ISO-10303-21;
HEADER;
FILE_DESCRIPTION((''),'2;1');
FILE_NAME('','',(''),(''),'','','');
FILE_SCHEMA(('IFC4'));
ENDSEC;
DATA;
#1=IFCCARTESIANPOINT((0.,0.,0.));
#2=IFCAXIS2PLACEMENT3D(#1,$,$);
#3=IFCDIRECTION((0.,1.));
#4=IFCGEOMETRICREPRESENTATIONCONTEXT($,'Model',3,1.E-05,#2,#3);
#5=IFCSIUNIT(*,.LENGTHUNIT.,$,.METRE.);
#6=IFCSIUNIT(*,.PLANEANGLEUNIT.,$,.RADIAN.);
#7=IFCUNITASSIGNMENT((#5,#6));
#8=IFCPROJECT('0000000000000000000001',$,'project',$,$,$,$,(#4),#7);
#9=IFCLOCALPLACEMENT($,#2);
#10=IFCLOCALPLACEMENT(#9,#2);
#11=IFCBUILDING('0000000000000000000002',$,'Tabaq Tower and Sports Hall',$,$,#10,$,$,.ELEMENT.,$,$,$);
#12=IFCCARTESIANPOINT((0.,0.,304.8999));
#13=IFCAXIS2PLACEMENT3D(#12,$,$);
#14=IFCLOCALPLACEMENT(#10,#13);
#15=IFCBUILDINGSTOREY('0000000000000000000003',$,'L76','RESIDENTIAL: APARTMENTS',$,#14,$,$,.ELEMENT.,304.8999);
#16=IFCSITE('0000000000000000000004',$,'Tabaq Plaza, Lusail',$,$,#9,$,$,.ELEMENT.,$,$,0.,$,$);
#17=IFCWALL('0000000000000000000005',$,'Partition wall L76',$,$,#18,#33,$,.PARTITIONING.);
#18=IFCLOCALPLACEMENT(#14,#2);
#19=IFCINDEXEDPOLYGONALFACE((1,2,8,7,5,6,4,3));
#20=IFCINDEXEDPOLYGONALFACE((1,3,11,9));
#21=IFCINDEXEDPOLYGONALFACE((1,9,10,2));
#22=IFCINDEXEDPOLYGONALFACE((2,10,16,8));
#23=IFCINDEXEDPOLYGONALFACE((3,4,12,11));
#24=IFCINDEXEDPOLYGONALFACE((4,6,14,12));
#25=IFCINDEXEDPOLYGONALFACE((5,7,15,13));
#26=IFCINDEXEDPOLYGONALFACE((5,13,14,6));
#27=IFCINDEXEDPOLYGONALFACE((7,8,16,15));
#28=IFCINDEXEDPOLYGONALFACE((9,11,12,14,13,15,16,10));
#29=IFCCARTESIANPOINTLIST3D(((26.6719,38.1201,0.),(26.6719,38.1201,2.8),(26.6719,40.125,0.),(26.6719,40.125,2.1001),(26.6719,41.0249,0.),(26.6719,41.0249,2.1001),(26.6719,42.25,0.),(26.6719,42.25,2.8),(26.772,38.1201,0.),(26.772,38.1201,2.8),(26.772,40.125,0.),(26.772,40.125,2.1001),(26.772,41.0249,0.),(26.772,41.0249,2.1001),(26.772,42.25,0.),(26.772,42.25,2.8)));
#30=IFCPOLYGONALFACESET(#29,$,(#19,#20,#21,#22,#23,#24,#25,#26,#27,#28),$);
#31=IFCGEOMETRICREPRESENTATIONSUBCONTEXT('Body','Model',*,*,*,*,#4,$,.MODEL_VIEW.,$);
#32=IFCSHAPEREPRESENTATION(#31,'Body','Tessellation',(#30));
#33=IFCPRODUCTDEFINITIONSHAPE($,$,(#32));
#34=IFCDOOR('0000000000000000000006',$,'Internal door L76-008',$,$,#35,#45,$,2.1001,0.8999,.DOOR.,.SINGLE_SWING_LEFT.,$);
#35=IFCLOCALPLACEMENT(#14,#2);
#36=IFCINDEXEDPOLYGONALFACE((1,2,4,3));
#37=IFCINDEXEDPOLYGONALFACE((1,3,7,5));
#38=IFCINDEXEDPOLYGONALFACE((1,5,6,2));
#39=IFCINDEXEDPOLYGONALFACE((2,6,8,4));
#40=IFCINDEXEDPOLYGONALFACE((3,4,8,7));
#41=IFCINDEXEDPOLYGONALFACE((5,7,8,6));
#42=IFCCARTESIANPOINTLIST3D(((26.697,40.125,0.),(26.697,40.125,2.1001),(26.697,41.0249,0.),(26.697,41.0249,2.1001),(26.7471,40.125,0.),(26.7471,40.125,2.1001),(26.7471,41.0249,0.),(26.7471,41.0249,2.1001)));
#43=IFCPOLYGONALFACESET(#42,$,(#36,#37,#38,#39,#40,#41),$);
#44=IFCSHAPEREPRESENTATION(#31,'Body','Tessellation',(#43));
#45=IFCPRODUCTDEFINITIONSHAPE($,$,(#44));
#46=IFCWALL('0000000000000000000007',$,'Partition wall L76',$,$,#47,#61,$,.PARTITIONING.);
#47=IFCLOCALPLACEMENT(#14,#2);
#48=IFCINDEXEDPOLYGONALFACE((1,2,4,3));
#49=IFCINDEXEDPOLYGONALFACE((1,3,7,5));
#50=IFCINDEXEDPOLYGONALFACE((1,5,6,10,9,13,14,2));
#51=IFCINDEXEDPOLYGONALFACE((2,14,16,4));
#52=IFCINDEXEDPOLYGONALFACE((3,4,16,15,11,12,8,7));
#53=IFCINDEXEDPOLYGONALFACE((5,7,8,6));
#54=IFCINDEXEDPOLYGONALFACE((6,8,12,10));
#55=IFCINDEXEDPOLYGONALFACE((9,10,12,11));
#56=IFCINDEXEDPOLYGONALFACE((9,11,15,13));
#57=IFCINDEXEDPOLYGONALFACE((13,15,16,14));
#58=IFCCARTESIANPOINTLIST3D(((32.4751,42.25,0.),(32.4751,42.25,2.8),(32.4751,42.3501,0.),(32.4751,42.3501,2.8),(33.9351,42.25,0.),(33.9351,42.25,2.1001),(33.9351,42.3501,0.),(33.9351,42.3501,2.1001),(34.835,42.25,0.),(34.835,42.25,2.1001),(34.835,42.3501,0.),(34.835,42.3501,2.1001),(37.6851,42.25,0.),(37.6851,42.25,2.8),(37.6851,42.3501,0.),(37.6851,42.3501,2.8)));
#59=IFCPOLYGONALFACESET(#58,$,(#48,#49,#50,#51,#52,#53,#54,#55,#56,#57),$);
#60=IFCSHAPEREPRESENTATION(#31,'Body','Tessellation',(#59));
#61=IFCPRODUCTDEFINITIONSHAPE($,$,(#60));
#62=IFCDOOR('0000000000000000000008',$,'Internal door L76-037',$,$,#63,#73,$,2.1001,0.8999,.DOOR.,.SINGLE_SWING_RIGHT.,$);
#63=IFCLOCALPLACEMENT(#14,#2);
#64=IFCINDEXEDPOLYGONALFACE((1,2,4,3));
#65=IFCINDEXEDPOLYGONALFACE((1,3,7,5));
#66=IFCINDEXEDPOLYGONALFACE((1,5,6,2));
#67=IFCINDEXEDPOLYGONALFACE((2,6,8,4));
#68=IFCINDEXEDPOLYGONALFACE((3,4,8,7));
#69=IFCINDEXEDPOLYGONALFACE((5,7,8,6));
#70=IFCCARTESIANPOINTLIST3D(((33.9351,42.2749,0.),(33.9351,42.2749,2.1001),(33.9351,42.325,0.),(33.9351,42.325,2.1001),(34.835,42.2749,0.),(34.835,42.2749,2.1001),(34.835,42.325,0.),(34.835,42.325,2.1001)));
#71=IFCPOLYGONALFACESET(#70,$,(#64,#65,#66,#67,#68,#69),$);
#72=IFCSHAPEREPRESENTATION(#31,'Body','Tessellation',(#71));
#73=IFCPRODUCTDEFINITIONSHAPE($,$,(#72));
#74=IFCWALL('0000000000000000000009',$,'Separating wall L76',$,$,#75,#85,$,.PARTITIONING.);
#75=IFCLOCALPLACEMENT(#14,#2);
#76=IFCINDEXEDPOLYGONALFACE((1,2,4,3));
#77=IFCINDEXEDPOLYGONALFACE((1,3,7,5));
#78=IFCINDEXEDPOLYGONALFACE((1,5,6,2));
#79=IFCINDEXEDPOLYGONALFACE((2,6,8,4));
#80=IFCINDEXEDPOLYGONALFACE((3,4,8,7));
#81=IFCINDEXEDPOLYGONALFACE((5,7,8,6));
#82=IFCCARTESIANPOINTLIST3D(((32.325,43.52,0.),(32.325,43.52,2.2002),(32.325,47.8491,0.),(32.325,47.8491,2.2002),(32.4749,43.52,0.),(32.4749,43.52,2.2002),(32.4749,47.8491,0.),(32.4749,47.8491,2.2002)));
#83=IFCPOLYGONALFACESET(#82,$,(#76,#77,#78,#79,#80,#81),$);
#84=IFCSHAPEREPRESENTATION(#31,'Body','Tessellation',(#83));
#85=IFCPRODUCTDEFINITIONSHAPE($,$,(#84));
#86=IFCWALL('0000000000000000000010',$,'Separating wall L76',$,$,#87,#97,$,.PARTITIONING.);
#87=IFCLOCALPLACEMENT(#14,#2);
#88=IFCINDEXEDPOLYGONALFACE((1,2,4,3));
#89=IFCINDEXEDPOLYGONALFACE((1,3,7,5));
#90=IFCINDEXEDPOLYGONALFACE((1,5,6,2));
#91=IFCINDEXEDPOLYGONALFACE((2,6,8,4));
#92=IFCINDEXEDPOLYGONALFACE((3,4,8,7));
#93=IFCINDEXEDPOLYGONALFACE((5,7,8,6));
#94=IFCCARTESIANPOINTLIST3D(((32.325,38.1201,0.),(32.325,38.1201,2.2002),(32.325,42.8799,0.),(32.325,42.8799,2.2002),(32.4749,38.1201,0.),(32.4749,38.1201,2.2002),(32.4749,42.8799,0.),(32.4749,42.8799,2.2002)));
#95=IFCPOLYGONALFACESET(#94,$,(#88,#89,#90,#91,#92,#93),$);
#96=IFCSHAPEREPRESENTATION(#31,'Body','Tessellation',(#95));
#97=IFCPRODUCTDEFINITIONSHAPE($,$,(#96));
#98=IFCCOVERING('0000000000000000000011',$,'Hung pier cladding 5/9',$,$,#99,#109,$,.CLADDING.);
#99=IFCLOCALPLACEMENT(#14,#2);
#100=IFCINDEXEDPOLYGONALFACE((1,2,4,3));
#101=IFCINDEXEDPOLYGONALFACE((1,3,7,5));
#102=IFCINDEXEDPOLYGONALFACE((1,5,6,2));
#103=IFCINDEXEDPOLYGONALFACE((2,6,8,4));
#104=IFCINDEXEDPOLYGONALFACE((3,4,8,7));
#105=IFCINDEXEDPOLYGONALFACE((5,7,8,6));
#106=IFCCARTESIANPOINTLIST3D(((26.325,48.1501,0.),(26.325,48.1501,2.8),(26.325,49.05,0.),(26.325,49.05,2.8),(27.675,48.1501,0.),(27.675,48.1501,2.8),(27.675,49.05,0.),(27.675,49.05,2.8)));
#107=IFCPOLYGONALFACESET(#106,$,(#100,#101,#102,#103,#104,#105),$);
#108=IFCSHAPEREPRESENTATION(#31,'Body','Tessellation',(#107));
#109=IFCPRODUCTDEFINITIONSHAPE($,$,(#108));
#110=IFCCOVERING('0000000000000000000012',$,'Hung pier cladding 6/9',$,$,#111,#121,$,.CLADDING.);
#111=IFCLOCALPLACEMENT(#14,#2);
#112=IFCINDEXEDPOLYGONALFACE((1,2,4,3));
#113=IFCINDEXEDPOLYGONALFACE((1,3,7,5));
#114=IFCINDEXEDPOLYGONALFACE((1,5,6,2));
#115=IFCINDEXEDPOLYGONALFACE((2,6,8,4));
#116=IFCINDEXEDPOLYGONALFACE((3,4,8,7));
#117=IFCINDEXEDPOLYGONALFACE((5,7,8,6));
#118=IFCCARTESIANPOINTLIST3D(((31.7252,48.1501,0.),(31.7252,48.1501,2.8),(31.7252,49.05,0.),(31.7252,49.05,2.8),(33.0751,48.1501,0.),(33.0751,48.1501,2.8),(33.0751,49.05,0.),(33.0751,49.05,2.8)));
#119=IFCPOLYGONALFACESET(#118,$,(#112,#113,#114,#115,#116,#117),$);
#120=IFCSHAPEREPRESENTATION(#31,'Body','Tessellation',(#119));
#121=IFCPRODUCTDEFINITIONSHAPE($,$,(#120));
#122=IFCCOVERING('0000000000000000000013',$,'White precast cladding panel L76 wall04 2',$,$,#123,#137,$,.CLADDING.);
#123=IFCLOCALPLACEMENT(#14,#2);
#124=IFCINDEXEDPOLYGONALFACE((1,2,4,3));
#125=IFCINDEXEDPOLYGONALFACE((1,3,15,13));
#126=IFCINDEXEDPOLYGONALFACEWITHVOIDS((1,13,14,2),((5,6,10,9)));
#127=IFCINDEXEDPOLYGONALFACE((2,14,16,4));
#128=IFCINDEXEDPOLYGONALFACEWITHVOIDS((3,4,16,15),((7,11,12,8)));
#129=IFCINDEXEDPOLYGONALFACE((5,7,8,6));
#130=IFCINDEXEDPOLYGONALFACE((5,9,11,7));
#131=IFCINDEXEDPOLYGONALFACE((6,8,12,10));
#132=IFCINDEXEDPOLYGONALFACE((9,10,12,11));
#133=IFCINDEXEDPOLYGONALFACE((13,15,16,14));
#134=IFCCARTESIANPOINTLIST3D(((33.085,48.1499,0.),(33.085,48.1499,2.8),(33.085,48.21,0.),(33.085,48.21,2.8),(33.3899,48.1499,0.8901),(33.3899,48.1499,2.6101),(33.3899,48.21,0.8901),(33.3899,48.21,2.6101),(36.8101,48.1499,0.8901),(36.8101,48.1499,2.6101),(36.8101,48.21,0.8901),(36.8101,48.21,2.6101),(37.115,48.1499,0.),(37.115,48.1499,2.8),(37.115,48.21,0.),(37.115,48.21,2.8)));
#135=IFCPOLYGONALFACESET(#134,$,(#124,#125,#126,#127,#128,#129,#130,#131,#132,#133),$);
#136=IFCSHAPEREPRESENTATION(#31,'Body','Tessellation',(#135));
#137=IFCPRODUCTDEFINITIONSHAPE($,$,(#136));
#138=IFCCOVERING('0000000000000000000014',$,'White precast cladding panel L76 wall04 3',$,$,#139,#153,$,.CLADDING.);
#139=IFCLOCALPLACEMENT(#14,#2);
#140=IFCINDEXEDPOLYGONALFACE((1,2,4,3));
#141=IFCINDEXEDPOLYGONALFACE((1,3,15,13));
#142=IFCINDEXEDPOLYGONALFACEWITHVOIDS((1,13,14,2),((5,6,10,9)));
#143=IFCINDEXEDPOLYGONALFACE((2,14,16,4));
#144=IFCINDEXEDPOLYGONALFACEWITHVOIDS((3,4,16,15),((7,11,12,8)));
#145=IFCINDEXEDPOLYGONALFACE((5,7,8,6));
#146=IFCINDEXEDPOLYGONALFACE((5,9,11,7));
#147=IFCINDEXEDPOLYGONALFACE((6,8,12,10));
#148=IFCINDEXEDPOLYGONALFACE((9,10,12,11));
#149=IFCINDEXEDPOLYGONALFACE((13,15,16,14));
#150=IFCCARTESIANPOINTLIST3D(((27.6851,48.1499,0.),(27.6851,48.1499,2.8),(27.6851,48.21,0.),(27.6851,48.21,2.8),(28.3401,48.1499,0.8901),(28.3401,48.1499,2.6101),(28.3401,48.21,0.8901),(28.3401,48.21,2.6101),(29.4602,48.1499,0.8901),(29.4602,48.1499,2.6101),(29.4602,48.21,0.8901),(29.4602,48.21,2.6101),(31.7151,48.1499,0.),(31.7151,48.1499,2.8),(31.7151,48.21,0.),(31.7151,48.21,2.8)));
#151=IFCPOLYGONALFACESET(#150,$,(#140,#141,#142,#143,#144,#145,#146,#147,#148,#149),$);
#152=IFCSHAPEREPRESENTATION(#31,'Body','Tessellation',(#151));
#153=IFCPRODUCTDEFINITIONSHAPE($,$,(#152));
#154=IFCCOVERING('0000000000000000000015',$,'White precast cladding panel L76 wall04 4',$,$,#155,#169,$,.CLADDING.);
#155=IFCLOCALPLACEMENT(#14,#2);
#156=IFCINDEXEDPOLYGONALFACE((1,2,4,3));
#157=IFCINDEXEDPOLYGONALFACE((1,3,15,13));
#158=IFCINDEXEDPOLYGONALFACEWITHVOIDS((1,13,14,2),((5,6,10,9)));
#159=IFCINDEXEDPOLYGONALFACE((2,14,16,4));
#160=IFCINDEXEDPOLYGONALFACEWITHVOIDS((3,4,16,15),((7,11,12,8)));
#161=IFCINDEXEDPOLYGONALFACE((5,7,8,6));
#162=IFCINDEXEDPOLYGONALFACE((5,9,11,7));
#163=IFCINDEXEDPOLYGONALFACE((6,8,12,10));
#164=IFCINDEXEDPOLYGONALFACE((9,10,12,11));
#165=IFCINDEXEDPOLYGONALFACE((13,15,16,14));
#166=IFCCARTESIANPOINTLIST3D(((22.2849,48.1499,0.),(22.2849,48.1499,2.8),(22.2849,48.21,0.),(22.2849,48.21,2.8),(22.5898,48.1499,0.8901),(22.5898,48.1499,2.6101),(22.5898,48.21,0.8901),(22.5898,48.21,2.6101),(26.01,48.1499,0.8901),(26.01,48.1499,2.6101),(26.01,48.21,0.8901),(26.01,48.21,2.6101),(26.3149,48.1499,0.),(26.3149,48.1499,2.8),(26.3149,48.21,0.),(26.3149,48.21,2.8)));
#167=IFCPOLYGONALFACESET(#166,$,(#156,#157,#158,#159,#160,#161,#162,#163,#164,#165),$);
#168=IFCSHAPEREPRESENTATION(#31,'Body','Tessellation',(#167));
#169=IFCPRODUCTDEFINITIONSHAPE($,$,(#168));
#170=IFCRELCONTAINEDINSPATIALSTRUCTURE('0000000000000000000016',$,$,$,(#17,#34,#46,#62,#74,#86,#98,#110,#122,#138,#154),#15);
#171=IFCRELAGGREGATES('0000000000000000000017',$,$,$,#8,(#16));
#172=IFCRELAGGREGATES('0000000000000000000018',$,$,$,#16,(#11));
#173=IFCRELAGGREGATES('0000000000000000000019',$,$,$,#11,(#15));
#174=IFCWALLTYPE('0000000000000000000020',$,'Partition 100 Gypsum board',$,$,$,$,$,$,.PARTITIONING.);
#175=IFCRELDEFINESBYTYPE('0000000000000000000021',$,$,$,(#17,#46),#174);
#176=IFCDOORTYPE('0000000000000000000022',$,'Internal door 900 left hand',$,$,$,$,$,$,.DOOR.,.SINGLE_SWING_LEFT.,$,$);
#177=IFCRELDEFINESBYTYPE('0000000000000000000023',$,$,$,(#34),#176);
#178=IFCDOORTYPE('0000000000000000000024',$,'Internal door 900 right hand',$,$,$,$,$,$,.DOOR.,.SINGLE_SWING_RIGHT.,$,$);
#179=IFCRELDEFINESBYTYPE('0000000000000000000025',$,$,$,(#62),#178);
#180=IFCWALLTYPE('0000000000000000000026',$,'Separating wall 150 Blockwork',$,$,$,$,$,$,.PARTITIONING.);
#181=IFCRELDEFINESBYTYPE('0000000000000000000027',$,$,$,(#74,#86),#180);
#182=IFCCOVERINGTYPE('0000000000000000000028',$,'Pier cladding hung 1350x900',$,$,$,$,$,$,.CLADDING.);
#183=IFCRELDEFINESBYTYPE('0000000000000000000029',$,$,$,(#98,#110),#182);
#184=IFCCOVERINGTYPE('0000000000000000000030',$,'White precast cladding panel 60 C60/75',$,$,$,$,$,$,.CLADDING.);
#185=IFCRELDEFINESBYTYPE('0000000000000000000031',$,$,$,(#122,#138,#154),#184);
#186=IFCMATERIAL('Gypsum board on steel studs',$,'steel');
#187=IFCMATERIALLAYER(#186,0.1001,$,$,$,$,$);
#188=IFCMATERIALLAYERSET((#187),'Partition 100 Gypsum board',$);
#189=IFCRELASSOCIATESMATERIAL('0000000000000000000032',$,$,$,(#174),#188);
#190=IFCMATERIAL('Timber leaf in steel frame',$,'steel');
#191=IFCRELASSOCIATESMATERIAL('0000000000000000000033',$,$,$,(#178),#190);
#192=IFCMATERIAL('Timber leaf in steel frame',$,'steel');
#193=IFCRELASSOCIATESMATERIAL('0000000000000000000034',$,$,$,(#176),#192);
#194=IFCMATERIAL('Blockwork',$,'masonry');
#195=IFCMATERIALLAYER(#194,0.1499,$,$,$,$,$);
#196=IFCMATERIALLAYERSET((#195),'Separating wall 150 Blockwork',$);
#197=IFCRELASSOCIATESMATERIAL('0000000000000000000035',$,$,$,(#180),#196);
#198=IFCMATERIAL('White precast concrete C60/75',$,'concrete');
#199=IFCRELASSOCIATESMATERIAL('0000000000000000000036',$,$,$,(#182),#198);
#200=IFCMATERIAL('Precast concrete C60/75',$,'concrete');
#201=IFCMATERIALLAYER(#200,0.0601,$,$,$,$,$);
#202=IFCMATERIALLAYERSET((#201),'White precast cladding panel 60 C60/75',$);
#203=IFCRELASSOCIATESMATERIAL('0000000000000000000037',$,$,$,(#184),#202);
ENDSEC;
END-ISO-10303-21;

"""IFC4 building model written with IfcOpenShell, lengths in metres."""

from ifc_helpers import new_model, si_unit, direction, frame, frame_2d, origin, place, context, subcontext, project, spatial, polyline, rectangle, outline, extrude, material, layer, layer_set, type_object, element, fill, save


model = new_model("IFC4")

# Units and contexts
model_context = context("Model", 3, precision=1e-05, world=origin(), true_north=direction((0.0, 1.0)))
body_context = subcontext(model_context, "Body", "Model", "MODEL_VIEW")
ifc_project = project(units=[si_unit("LENGTHUNIT", "METRE"), si_unit("PLANEANGLEUNIT", "RADIAN")], contexts=[model_context])

# Site, building, storey
site_placement = place(None, origin())
site = spatial("IfcSite", under=ifc_project, at=site_placement, Name="Tabaq Plaza, Lusail", CompositionType="ELEMENT", RefElevation=0.0)
building_placement = place(site_placement, origin())
building = spatial("IfcBuilding", under=site, at=building_placement, Name="Tabaq Tower and Sports Hall", CompositionType="ELEMENT")
storey_placement = place(building_placement, frame((0.0, 0.0, 304.8999)))
storey = spatial("IfcBuildingStorey", under=building, at=storey_placement, Name="L76", Description="RESIDENTIAL: APARTMENTS", CompositionType="ELEMENT", Elevation=304.8999)

# Shared definitions
ifc_material_1 = material(Name="Gypsum board on steel studs", Category="steel")
ifc_layer_1 = layer(ifc_material_1, 0.1001)
ifc_layer_set_1 = layer_set([ifc_layer_1], Name="Partition 100 Gypsum board")
wall_type_1 = type_object("IfcWallType", Name="Partition 100 Gypsum board", PredefinedType="PARTITIONING", material=ifc_layer_set_1)

# Walls, openings, doors
ifc_material_2 = material(Name="Timber leaf in steel frame", Category="steel")
door_type_1 = type_object("IfcDoorType", Name="Internal door 900 right hand", OperationType="SINGLE_SWING_RIGHT", PredefinedType="DOOR", material=ifc_material_2)
ifc_material_3 = material(Name="Timber leaf in steel frame", Category="steel")
door_type_2 = type_object("IfcDoorType", Name="Internal door 900 left hand", OperationType="SINGLE_SWING_LEFT", PredefinedType="DOOR", material=ifc_material_3)
wall_1_placement = place(storey_placement, frame((26.7219, 38.1201, 0.0), z_axis=(0.0, 0.0, 1.0), x_axis=(0.0, 1.0, 0.0)))
wall_1 = element("IfcWall", 1, at=wall_1_placement, inside=storey, type_object=wall_type_1, Name="Partition wall L76", PredefinedType="PARTITIONING", context=body_context, shape_type="SweptSolid", body=[
    extrude(rectangle(XDim=4.1299, YDim=0.1001, at=frame_2d((2.0649, 0.0))), origin(), (0.0, 0.0, 1.0), 2.8),
])
opening_1_placement = place(wall_1_placement, frame((2.0049, 0.0, 0.0)))
opening_1 = element("IfcOpeningElement", 2, at=opening_1_placement, cuts=wall_1, PredefinedType="OPENING", context=body_context, shape_type="SweptSolid", body=[
    extrude(rectangle(XDim=0.8999, YDim=2.1001, at=frame_2d((0.45, 1.05))), frame((0.0, 0.05, 0.0), z_axis=(0.0, -1.0, 0.0), x_axis=(1.0, 0.0, 0.0)), (0.0, 0.0, 1.0), 0.1001),
])
door_1_placement = place(opening_1_placement, origin())
door_1 = element("IfcDoor", 3, at=door_1_placement, inside=storey, type_object=door_type_2, Name="Internal door L76-008", OperationType="SINGLE_SWING_LEFT", OverallHeight=2.1001, OverallWidth=0.8999, PredefinedType="DOOR", context=body_context, shape_type="SweptSolid", body=[
    extrude(rectangle(XDim=0.8999, YDim=2.1001, at=frame_2d((0.45, 1.05))), frame((0.0, 0.0249, 0.0), z_axis=(0.0, -1.0, 0.0), x_axis=(1.0, 0.0, 0.0)), (0.0, 0.0, 1.0), 0.05),
])
fill(opening_1, door_1)
wall_2_placement = place(storey_placement, frame((32.4751, 42.3, 0.0), z_axis=(0.0, 0.0, 1.0), x_axis=(1.0, 0.0, 0.0)))
wall_2 = element("IfcWall", 4, at=wall_2_placement, inside=storey, type_object=wall_type_1, Name="Partition wall L76", PredefinedType="PARTITIONING", context=body_context, shape_type="SweptSolid", body=[
    extrude(rectangle(XDim=5.21, YDim=0.1001, at=frame_2d((2.605, 0.0))), origin(), (0.0, 0.0, 1.0), 2.8),
])
opening_2_placement = place(wall_2_placement, frame((1.46, 0.0, 0.0)))
opening_2 = element("IfcOpeningElement", 5, at=opening_2_placement, cuts=wall_2, PredefinedType="OPENING", context=body_context, shape_type="SweptSolid", body=[
    extrude(rectangle(XDim=0.8999, YDim=2.1001, at=frame_2d((0.45, 1.05))), frame((0.0, 0.05, 0.0), z_axis=(0.0, -1.0, 0.0), x_axis=(1.0, 0.0, 0.0)), (0.0, 0.0, 1.0), 0.1001),
])
door_2_placement = place(opening_2_placement, origin())
door_2 = element("IfcDoor", 6, at=door_2_placement, inside=storey, type_object=door_type_1, Name="Internal door L76-037", OperationType="SINGLE_SWING_RIGHT", OverallHeight=2.1001, OverallWidth=0.8999, PredefinedType="DOOR", context=body_context, shape_type="SweptSolid", body=[
    extrude(rectangle(XDim=0.8999, YDim=2.1001, at=frame_2d((0.45, 1.05))), frame((0.0, 0.0249, 0.0), z_axis=(0.0, -1.0, 0.0), x_axis=(1.0, 0.0, 0.0)), (0.0, 0.0, 1.0), 0.05),
])
fill(opening_2, door_2)

# Walls
ifc_material_4 = material(Name="Blockwork", Category="masonry")
ifc_layer_2 = layer(ifc_material_4, 0.1499)
ifc_layer_set_2 = layer_set([ifc_layer_2], Name="Separating wall 150 Blockwork")
wall_type_2 = type_object("IfcWallType", Name="Separating wall 150 Blockwork", PredefinedType="PARTITIONING", material=ifc_layer_set_2)
wall_3_placement = place(storey_placement, frame((32.3999, 43.52, 0.0), z_axis=(0.0, 0.0, 1.0), x_axis=(0.0, 1.0, 0.0)))
element("IfcWall", 7, at=wall_3_placement, inside=storey, type_object=wall_type_2, Name="Separating wall L76", PredefinedType="PARTITIONING", context=body_context, shape_type="SweptSolid", body=[
    extrude(rectangle(XDim=4.3291, YDim=0.1499, at=frame_2d((2.1646, 0.0))), origin(), (0.0, 0.0, 1.0), 2.2002),
])
wall_4_placement = place(storey_placement, frame((32.3999, 38.1201, 0.0), z_axis=(0.0, 0.0, 1.0), x_axis=(0.0, 1.0, 0.0)))
element("IfcWall", 8, at=wall_4_placement, inside=storey, type_object=wall_type_2, Name="Separating wall L76", PredefinedType="PARTITIONING", context=body_context, shape_type="SweptSolid", body=[
    extrude(rectangle(XDim=4.7598, YDim=0.1499, at=frame_2d((2.3799, 0.0))), origin(), (0.0, 0.0, 1.0), 2.2002),
])

# Coverings
ifc_material_5 = material(Name="White precast concrete C60/75", Category="concrete")
covering_type_1 = type_object("IfcCoveringType", Name="Pier cladding hung 1350x900", PredefinedType="CLADDING", material=ifc_material_5)
covering_1_placement = place(storey_placement, frame((27.675, 48.6001, 0.0), z_axis=(0.0, 0.0, 1.0), x_axis=(-1.0, 0.0, 0.0)))
element("IfcCovering", 9, at=covering_1_placement, inside=storey, type_object=covering_type_1, Name="Hung pier cladding 5/9", PredefinedType="CLADDING", context=body_context, shape_type="SweptSolid", body=[
    extrude(rectangle(XDim=1.3501, YDim=0.8999, at=frame_2d((0.675, 0.0))), origin(), (0.0, 0.0, 1.0), 2.8),
])
covering_2_placement = place(storey_placement, frame((33.075, 48.6001, 0.0), z_axis=(0.0, 0.0, 1.0), x_axis=(-1.0, 0.0, 0.0)))
element("IfcCovering", 10, at=covering_2_placement, inside=storey, type_object=covering_type_1, Name="Hung pier cladding 6/9", PredefinedType="CLADDING", context=body_context, shape_type="SweptSolid", body=[
    extrude(rectangle(XDim=1.3499, YDim=0.8999, at=frame_2d((0.6748, 0.0))), origin(), (0.0, 0.0, 1.0), 2.8),
])
ifc_material_6 = material(Name="Precast concrete C60/75", Category="concrete")
ifc_layer_3 = layer(ifc_material_6, 0.0601)
ifc_layer_set_3 = layer_set([ifc_layer_3], Name="White precast cladding panel 60 C60/75")
covering_type_2 = type_object("IfcCoveringType", Name="White precast cladding panel 60 C60/75", PredefinedType="CLADDING", material=ifc_layer_set_3)
covering_3_placement = place(storey_placement, frame((37.115, 48.1799, 0.0), z_axis=(0.0, 0.0, 1.0), x_axis=(-1.0, 0.0, 0.0)))
element("IfcCovering", 11, at=covering_3_placement, inside=storey, type_object=covering_type_2, Name="White precast cladding panel L76 wall04 2", PredefinedType="CLADDING", context=body_context, shape_type="SweptSolid", body=[
    extrude(outline(polyline([(0.0, 0.0), (4.03, 0.0), (4.03, 2.8), (0.0, 2.8), (0.0, 0.0)]), holes=[polyline([(0.3049, 0.8901), (0.3049, 2.6101), (3.7251, 2.6101), (3.7251, 0.8901), (0.3049, 0.8901)])]), frame((0.0, 0.03, 0.0), z_axis=(0.0, -1.0, 0.0), x_axis=(1.0, 0.0, 0.0)), (0.0, 0.0, 1.0), 0.0601),
])
covering_4_placement = place(storey_placement, frame((31.7151, 48.1799, 0.0), z_axis=(0.0, 0.0, 1.0), x_axis=(-1.0, 0.0, 0.0)))
element("IfcCovering", 12, at=covering_4_placement, inside=storey, type_object=covering_type_2, Name="White precast cladding panel L76 wall04 3", PredefinedType="CLADDING", context=body_context, shape_type="SweptSolid", body=[
    extrude(outline(polyline([(0.0, 0.0), (4.03, 0.0), (4.03, 2.8), (0.0, 2.8), (0.0, 0.0)]), holes=[polyline([(2.2549, 0.8901), (2.2549, 2.6101), (3.375, 2.6101), (3.375, 0.8901), (2.2549, 0.8901)])]), frame((0.0, 0.03, 0.0), z_axis=(0.0, -1.0, 0.0), x_axis=(1.0, 0.0, 0.0)), (0.0, 0.0, 1.0), 0.0601),
])
covering_5_placement = place(storey_placement, frame((26.3149, 48.1799, 0.0), z_axis=(0.0, 0.0, 1.0), x_axis=(-1.0, 0.0, 0.0)))
element("IfcCovering", 13, at=covering_5_placement, inside=storey, type_object=covering_type_2, Name="White precast cladding panel L76 wall04 4", PredefinedType="CLADDING", context=body_context, shape_type="SweptSolid", body=[
    extrude(outline(polyline([(0.0, 0.0), (4.03, 0.0), (4.03, 2.8), (0.0, 2.8), (0.0, 0.0)]), holes=[polyline([(0.3049, 0.8901), (0.3049, 2.6101), (3.7251, 2.6101), (3.7251, 0.8901), (0.3049, 0.8901)])]), frame((0.0, 0.03, 0.0), z_axis=(0.0, -1.0, 0.0), x_axis=(1.0, 0.0, 0.0)), (0.0, 0.0, 1.0), 0.0601),
])

save(model, "model.ifc")
